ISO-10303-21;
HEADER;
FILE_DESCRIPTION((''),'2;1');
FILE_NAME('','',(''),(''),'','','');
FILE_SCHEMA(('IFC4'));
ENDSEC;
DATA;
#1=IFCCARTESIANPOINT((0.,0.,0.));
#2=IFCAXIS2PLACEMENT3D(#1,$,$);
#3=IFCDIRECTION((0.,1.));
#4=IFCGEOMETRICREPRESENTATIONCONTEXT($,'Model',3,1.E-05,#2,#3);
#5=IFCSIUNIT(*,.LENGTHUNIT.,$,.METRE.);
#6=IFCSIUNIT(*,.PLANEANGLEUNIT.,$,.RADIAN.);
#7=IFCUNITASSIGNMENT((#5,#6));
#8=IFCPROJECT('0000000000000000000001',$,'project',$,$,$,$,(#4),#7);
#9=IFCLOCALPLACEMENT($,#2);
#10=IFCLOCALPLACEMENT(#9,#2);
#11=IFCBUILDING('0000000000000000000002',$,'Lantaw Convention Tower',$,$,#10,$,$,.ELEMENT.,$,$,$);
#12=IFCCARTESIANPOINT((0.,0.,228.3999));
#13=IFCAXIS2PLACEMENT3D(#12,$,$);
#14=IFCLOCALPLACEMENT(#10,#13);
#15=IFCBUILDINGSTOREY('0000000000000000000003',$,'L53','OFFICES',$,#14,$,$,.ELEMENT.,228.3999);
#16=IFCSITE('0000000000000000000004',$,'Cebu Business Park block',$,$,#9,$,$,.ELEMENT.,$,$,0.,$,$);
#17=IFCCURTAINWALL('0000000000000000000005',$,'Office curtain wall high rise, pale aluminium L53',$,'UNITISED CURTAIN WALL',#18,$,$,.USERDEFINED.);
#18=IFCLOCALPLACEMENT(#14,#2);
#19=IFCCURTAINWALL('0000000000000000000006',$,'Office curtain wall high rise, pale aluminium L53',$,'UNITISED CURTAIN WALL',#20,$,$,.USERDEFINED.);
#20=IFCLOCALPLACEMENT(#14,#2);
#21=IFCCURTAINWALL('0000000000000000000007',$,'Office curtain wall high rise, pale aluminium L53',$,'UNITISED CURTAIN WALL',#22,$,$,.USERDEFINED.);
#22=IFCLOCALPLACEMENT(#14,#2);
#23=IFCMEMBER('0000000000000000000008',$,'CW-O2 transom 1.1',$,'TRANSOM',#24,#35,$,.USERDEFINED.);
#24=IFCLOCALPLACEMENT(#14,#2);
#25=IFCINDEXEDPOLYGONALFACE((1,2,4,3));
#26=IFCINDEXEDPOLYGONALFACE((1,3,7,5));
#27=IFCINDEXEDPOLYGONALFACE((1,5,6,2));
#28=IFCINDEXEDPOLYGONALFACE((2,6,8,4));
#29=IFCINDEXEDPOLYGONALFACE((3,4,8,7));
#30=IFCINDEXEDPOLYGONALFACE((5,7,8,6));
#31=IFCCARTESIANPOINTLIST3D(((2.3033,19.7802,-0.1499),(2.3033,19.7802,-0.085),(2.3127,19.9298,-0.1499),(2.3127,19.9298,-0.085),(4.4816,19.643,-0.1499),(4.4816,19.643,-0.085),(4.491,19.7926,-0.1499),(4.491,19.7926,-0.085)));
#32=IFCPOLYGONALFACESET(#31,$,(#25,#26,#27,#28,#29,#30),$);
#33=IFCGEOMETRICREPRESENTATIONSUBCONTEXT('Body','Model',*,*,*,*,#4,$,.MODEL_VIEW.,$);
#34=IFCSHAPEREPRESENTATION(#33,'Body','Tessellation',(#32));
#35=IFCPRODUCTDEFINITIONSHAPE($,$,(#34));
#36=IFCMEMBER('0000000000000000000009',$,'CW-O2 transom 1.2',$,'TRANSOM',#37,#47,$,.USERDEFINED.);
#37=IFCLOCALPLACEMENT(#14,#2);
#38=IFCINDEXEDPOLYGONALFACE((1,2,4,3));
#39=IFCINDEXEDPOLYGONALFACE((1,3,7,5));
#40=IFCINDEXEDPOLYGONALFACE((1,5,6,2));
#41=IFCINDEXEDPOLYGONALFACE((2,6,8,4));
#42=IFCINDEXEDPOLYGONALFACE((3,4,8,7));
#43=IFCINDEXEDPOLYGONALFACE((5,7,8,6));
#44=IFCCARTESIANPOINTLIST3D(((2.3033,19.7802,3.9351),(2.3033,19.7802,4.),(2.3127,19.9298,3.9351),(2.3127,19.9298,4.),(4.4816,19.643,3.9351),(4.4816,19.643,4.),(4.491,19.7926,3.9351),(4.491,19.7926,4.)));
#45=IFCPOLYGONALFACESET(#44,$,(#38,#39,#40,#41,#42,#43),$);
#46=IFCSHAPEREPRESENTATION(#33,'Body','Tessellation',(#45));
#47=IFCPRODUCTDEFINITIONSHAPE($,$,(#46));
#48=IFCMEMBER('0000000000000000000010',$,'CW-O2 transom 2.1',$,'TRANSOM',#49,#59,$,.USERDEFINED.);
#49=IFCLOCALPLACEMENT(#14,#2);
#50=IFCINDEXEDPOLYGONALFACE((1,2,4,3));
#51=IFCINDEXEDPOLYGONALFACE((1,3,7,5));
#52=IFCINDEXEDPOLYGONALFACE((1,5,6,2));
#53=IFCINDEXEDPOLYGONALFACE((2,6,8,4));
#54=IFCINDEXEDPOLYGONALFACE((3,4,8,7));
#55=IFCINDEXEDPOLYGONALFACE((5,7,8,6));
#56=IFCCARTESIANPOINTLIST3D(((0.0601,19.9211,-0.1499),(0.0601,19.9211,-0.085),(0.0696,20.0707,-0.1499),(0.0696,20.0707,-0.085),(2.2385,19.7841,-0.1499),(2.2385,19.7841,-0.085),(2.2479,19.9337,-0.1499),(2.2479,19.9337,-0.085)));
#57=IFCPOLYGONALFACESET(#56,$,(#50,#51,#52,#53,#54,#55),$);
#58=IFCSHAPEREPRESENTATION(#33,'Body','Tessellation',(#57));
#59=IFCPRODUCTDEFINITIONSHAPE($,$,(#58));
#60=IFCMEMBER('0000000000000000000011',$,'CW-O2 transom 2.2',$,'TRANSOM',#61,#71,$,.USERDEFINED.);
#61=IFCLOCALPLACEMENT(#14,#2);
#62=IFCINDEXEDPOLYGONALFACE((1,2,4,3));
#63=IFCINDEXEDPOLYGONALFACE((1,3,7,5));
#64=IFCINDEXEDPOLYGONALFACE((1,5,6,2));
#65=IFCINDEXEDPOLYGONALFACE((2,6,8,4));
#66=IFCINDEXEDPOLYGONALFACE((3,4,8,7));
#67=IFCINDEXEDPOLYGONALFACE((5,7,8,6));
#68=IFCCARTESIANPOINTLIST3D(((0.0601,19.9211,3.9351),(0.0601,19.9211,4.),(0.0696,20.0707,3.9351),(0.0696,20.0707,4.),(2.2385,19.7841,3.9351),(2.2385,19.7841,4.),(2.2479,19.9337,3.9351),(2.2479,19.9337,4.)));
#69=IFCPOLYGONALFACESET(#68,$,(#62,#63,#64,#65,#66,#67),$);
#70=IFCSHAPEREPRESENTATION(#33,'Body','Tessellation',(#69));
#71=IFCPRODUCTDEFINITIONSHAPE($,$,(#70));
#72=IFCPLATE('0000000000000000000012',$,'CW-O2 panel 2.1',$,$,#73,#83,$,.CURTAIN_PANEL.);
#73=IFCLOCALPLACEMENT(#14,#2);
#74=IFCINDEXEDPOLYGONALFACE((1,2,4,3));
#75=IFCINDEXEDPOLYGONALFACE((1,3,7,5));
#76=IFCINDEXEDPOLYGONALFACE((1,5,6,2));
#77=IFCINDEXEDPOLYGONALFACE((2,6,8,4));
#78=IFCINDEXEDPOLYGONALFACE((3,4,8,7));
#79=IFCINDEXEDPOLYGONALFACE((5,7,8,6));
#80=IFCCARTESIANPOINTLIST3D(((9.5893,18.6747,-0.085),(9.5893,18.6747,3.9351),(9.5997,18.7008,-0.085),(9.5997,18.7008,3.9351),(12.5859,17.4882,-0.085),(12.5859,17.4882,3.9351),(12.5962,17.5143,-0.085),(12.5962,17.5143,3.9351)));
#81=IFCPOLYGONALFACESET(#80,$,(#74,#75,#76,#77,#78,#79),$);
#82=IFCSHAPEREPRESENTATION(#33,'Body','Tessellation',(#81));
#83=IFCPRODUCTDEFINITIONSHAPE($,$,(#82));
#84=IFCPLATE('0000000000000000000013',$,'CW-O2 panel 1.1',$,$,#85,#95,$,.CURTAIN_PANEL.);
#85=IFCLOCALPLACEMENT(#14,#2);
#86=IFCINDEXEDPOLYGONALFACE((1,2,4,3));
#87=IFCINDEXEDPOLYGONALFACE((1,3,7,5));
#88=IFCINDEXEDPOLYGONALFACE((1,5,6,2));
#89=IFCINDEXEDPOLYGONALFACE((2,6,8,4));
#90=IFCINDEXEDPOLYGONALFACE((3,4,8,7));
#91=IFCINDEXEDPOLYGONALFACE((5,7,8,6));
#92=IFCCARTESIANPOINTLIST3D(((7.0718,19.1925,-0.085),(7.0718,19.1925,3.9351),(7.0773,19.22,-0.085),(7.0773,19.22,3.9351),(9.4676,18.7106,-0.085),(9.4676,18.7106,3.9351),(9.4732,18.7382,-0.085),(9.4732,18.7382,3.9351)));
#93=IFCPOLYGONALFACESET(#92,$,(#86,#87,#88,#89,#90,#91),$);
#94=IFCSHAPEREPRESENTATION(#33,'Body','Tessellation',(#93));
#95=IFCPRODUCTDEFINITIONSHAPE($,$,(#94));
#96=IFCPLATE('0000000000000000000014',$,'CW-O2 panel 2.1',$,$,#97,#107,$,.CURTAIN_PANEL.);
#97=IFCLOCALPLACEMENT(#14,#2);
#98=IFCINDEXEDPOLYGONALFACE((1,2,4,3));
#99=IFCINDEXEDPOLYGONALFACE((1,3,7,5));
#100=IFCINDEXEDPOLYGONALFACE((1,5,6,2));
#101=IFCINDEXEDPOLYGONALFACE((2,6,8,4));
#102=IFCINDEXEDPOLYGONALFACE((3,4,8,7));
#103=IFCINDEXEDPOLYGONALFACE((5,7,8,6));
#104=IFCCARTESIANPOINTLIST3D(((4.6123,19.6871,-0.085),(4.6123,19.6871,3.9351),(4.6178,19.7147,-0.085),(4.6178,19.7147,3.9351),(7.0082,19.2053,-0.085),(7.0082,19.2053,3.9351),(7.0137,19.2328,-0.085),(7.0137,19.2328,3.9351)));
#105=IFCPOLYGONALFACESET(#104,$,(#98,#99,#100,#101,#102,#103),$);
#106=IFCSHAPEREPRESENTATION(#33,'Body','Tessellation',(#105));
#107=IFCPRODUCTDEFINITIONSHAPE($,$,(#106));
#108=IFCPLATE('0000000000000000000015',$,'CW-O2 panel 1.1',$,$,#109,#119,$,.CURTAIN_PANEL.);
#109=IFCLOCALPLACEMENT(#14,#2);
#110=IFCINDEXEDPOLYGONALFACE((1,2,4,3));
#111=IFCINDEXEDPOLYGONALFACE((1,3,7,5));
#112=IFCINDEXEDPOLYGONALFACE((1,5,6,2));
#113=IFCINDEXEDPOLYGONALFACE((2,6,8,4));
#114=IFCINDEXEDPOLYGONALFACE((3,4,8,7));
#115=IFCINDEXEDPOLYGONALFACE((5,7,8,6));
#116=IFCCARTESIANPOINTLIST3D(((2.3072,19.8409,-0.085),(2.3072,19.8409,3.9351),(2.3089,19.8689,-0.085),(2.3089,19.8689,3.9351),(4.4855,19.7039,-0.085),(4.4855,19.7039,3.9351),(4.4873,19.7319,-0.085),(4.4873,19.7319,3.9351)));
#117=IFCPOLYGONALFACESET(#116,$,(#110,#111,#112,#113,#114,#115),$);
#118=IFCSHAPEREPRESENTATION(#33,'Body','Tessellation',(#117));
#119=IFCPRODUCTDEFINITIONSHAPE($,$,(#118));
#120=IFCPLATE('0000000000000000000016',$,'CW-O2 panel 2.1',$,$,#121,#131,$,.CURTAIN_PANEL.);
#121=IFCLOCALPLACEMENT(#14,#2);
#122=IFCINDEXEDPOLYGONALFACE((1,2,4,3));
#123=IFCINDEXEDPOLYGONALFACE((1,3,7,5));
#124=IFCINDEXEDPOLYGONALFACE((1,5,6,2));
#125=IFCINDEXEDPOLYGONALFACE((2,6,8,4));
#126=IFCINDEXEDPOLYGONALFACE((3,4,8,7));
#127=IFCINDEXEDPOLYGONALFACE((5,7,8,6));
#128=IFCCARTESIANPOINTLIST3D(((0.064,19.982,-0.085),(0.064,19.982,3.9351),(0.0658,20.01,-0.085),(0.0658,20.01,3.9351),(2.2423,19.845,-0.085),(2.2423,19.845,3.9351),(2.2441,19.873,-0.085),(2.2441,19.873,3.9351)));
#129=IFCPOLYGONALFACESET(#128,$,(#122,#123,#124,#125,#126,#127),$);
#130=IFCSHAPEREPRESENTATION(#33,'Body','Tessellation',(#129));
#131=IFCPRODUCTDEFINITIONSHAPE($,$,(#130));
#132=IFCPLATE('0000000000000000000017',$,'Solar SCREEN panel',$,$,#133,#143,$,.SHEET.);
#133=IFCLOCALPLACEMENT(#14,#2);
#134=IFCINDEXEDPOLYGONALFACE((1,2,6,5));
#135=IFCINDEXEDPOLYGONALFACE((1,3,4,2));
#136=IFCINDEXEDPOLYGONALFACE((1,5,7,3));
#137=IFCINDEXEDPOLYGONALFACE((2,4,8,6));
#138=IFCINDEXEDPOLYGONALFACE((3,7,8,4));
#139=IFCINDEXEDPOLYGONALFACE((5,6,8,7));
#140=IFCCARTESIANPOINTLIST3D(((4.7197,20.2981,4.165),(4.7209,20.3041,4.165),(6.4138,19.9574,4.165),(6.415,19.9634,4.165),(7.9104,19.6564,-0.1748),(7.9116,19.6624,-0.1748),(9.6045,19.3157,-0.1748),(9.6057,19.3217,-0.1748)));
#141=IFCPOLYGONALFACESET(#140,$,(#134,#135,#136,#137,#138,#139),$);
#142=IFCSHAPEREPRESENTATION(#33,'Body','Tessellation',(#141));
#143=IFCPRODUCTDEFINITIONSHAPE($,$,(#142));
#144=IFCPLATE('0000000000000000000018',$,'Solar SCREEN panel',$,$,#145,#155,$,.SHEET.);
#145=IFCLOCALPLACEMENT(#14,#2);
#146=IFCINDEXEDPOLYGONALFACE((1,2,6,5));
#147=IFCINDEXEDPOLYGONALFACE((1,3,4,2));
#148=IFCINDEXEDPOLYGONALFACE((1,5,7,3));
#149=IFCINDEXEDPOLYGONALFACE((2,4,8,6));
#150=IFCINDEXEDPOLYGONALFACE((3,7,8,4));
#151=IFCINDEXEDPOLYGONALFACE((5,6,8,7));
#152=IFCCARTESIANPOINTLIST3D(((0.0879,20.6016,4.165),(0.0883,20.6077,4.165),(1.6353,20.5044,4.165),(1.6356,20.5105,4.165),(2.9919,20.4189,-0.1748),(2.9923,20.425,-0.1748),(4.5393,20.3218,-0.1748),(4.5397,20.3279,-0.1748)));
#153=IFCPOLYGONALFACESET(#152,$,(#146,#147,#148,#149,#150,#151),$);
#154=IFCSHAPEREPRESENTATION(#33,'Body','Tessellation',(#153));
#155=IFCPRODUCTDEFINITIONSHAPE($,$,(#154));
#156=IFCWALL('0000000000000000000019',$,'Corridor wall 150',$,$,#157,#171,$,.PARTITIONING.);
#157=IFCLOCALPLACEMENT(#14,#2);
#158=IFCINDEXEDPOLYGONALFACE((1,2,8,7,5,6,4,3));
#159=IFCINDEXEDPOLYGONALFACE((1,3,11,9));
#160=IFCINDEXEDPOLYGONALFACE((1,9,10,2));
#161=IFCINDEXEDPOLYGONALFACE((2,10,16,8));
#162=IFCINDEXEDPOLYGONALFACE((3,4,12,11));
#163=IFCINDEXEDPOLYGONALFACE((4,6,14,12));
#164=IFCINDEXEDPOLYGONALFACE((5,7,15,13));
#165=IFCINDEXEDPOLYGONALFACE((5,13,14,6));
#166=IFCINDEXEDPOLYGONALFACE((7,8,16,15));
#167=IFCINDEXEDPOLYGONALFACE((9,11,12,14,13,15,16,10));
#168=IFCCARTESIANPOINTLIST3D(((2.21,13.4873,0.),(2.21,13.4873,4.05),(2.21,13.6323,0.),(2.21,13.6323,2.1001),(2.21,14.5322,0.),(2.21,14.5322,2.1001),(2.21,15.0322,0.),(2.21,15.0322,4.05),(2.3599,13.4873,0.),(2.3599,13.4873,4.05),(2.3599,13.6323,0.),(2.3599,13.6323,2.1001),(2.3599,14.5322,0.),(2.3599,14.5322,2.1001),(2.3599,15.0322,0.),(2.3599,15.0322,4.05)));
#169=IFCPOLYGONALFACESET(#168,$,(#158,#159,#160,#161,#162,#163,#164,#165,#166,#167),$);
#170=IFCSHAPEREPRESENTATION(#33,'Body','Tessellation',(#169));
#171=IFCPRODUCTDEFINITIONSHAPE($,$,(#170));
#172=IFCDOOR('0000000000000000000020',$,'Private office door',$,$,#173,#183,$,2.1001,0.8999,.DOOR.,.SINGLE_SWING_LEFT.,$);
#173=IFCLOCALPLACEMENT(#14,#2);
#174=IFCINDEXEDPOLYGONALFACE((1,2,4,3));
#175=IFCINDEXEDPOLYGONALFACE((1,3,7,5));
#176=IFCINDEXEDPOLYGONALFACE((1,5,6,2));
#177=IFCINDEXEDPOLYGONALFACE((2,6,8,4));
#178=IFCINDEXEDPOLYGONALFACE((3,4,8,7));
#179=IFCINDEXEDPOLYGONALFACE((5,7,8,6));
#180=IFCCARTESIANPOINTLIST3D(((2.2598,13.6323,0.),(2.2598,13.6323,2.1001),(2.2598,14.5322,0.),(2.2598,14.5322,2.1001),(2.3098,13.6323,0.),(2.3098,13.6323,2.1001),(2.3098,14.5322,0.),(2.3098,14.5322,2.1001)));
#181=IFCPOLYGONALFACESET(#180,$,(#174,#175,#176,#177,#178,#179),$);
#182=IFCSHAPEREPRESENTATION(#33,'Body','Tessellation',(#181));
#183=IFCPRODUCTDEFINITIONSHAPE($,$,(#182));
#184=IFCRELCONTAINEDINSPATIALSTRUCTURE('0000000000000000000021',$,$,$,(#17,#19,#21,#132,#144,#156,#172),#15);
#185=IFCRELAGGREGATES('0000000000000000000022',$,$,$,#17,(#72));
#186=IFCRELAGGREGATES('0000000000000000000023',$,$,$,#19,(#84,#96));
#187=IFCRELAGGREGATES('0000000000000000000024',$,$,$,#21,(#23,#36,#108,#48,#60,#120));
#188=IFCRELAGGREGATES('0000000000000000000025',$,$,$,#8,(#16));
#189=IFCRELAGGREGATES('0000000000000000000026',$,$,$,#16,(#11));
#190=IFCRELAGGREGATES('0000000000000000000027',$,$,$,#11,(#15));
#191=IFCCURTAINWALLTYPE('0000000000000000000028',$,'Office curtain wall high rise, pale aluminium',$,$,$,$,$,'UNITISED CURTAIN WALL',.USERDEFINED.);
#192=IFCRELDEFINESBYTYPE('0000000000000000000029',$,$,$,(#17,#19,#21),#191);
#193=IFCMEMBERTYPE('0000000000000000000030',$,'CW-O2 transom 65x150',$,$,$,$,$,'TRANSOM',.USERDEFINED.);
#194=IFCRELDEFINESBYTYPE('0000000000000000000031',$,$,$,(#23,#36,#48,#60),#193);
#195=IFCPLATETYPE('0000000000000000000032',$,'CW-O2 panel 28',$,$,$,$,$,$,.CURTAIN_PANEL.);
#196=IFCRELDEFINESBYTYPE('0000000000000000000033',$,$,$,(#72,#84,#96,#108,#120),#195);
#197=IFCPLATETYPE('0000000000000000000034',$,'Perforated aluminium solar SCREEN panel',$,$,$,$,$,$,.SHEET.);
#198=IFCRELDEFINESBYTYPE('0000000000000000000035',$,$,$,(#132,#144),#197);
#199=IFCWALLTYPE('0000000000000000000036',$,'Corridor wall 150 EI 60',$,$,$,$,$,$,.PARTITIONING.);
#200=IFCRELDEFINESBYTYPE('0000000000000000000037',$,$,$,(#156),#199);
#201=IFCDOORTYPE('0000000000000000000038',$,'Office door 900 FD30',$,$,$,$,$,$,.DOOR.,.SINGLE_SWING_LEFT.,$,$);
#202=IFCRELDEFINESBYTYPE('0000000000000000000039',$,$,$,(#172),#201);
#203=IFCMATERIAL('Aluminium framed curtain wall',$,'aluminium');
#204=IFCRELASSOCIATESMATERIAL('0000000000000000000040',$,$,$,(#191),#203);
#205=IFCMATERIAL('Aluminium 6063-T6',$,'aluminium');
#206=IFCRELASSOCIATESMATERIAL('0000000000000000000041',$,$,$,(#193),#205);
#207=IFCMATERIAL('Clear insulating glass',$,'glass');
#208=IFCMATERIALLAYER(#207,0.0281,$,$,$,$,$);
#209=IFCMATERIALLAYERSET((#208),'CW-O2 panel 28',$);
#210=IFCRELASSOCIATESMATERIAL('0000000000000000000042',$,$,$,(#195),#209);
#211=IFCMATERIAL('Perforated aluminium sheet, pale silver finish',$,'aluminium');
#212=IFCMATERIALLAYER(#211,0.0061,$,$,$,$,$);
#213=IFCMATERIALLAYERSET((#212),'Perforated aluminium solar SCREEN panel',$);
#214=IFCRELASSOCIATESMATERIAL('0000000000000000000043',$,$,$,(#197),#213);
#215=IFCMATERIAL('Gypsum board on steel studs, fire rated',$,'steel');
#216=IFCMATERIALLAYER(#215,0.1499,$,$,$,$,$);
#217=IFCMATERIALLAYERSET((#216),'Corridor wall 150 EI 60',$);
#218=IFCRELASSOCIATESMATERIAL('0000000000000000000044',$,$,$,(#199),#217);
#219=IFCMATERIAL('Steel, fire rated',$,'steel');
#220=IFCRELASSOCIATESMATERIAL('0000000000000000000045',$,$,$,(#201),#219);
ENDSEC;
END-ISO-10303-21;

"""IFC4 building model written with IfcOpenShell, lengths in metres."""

from ifc_helpers import new_model, si_unit, direction, frame, frame_2d, origin, origin_2d, place, context, subcontext, project, spatial, polyline, rectangle, outline, extrude, material, layer, layer_set, material_profile, profile_set, type_object, element, fill, aggregate, save


model = new_model("IFC4")

# Units and contexts
model_context = context("Model", 3, precision=1e-05, world=origin(), true_north=direction((0.0, 1.0)))
body_context = subcontext(model_context, "Body", "Model", "MODEL_VIEW")
ifc_project = project(units=[si_unit("LENGTHUNIT", "METRE"), si_unit("PLANEANGLEUNIT", "RADIAN")], contexts=[model_context])

# Site, building, storey
site_placement = place(None, origin())
site = spatial("IfcSite", under=ifc_project, at=site_placement, Name="Cebu Business Park block", CompositionType="ELEMENT", RefElevation=0.0)
building_placement = place(site_placement, origin())
building = spatial("IfcBuilding", under=site, at=building_placement, Name="Lantaw Convention Tower", CompositionType="ELEMENT")
storey_placement = place(building_placement, frame((0.0, 0.0, 228.3999)))
storey = spatial("IfcBuildingStorey", under=building, at=storey_placement, Name="L53", Description="OFFICES", CompositionType="ELEMENT", Elevation=228.3999)

# Curtain walls
ifc_material_1 = material(Name="Aluminium framed curtain wall", Category="aluminium")
curtain_wall_type = type_object("IfcCurtainWallType", Name="Office curtain wall high rise, pale aluminium", ElementType="UNITISED CURTAIN WALL", PredefinedType="USERDEFINED", material=ifc_material_1)
curtain_wall_1_placement = place(storey_placement, origin())
curtain_wall_1 = element("IfcCurtainWall", 1, at=curtain_wall_1_placement, inside=storey, type_object=curtain_wall_type, Name="Office curtain wall high rise, pale aluminium L53", ObjectType="UNITISED CURTAIN WALL", PredefinedType="USERDEFINED")
ifc_material_2 = material(Name="Aluminium 6063-T6", Category="aluminium")
curtain_wall_2_placement = place(storey_placement, origin())
curtain_wall_2 = element("IfcCurtainWall", 2, at=curtain_wall_2_placement, inside=storey, type_object=curtain_wall_type, Name="Office curtain wall high rise, pale aluminium L53", ObjectType="UNITISED CURTAIN WALL", PredefinedType="USERDEFINED")
curtain_wall_3_placement = place(storey_placement, origin())
curtain_wall_3 = element("IfcCurtainWall", 3, at=curtain_wall_3_placement, inside=storey, type_object=curtain_wall_type, Name="Office curtain wall high rise, pale aluminium L53", ObjectType="UNITISED CURTAIN WALL", PredefinedType="USERDEFINED")

# Members
ifc_material_profile_1 = material_profile(ifc_material_2, rectangle(XDim=0.1499, YDim=0.0649, at=origin_2d()), Name="CW-O2 transom 65x150")
ifc_profile_set_1 = profile_set([ifc_material_profile_1], Name="Aluminium 6063-T6")
member_type_1 = type_object("IfcMemberType", Name="CW-O2 transom 65x150", ElementType="TRANSOM", PredefinedType="USERDEFINED", material=ifc_profile_set_1)
member_1_placement = place(storey_placement, frame((4.4863, 19.7178, -0.1174), z_axis=(-0.998022, 0.062866, 0.0), x_axis=(-0.062866, -0.998022, 0.0)))
member_1 = element("IfcMember", 4, at=member_1_placement, type_object=member_type_1, Name="CW-O2 transom 1.1", ObjectType="TRANSOM", PredefinedType="USERDEFINED", context=body_context, shape_type="SweptSolid", body=[
    extrude(rectangle(XDim=0.1499, YDim=0.0649, at=origin_2d()), origin(), (0.0, 0.0, 1.0), 2.1826),
])
member_2_placement = place(storey_placement, frame((4.4863, 19.7178, 3.9675), z_axis=(-0.998022, 0.062866, 0.0), x_axis=(-0.062866, -0.998022, 0.0)))
member_2 = element("IfcMember", 5, at=member_2_placement, type_object=member_type_1, Name="CW-O2 transom 1.2", ObjectType="TRANSOM", PredefinedType="USERDEFINED", context=body_context, shape_type="SweptSolid", body=[
    extrude(rectangle(XDim=0.1499, YDim=0.0649, at=origin_2d()), origin(), (0.0, 0.0, 1.0), 2.1826),
])
member_3_placement = place(storey_placement, frame((2.2432, 19.8589, -0.1174), z_axis=(-0.998029, 0.062754, 0.0), x_axis=(-0.062754, -0.998029, 0.0)))
member_3 = element("IfcMember", 6, at=member_3_placement, type_object=member_type_1, Name="CW-O2 transom 2.1", ObjectType="TRANSOM", PredefinedType="USERDEFINED", context=body_context, shape_type="SweptSolid", body=[
    extrude(rectangle(XDim=0.1499, YDim=0.0649, at=origin_2d()), origin(), (0.0, 0.0, 1.0), 2.1826),
])
member_4_placement = place(storey_placement, frame((2.2432, 19.8589, 3.9675), z_axis=(-0.998029, 0.062754, 0.0), x_axis=(-0.062754, -0.998029, 0.0)))
member_4 = element("IfcMember", 7, at=member_4_placement, type_object=member_type_1, Name="CW-O2 transom 2.2", ObjectType="TRANSOM", PredefinedType="USERDEFINED", context=body_context, shape_type="SweptSolid", body=[
    extrude(rectangle(XDim=0.1499, YDim=0.0649, at=origin_2d()), origin(), (0.0, 0.0, 1.0), 2.1826),
])

# Plates
ifc_material_3 = material(Name="Clear insulating glass", Category="glass")
ifc_layer_1 = layer(ifc_material_3, 0.0281)
ifc_layer_set_1 = layer_set([ifc_layer_1], Name="CW-O2 panel 28")
plate_type_1 = type_object("IfcPlateType", Name="CW-O2 panel 28", PredefinedType="CURTAIN_PANEL", material=ifc_layer_set_1)
plate_1_placement = place(storey_placement, frame((11.0928, 18.0945, -0.085), z_axis=(0.0, 0.0, 1.0), x_axis=(-0.929762, 0.368162, 0.0)))
plate_1 = element("IfcPlate", 8, at=plate_1_placement, type_object=plate_type_1, Name="CW-O2 panel 2.1", PredefinedType="CURTAIN_PANEL", context=body_context, shape_type="SweptSolid", body=[
    extrude(rectangle(XDim=3.2229, YDim=0.0281, at=origin_2d()), origin(), (0.0, 0.0, 1.0), 4.02),
])
aggregate(curtain_wall_1, [plate_1])
plate_2_placement = place(storey_placement, frame((8.2725, 18.9653, -0.085), z_axis=(0.0, 0.0, 1.0), x_axis=(-0.980367, 0.197183, 0.0)))
plate_2 = element("IfcPlate", 9, at=plate_2_placement, type_object=plate_type_1, Name="CW-O2 panel 1.1", PredefinedType="CURTAIN_PANEL", context=body_context, shape_type="SweptSolid", body=[
    extrude(rectangle(XDim=2.4438, YDim=0.0281, at=origin_2d()), origin(), (0.0, 0.0, 1.0), 4.02),
])
plate_3_placement = place(storey_placement, frame((5.813, 19.46, -0.085), z_axis=(0.0, 0.0, 1.0), x_axis=(-0.980367, 0.197183, 0.0)))
plate_3 = element("IfcPlate", 10, at=plate_3_placement, type_object=plate_type_1, Name="CW-O2 panel 2.1", PredefinedType="CURTAIN_PANEL", context=body_context, shape_type="SweptSolid", body=[
    extrude(rectangle(XDim=2.4438, YDim=0.0281, at=origin_2d()), origin(), (0.0, 0.0, 1.0), 4.02),
])
aggregate(curtain_wall_2, [plate_2, plate_3])
plate_4_placement = place(storey_placement, frame((3.3972, 19.7864, -0.085), z_axis=(0.0, 0.0, 1.0), x_axis=(-0.998029, 0.062758, 0.0)))
plate_4 = element("IfcPlate", 11, at=plate_4_placement, type_object=plate_type_1, Name="CW-O2 panel 1.1", PredefinedType="CURTAIN_PANEL", context=body_context, shape_type="SweptSolid", body=[
    extrude(rectangle(XDim=2.1826, YDim=0.0281, at=origin_2d()), origin(), (0.0, 0.0, 1.0), 4.02),
])
plate_5_placement = place(storey_placement, frame((1.1541, 19.9275, -0.085), z_axis=(0.0, 0.0, 1.0), x_axis=(-0.998029, 0.062758, 0.0)))
plate_5 = element("IfcPlate", 12, at=plate_5_placement, type_object=plate_type_1, Name="CW-O2 panel 2.1", PredefinedType="CURTAIN_PANEL", context=body_context, shape_type="SweptSolid", body=[
    extrude(rectangle(XDim=2.1826, YDim=0.0281, at=origin_2d()), origin(), (0.0, 0.0, 1.0), 4.02),
])
aggregate(curtain_wall_3, [member_1, member_2, plate_4, member_3, member_4, plate_5])

# Plates
ifc_material_4 = material(Name="Perforated aluminium sheet, pale silver finish", Category="aluminium")
ifc_layer_2 = layer(ifc_material_4, 0.0061)
ifc_layer_set_2 = layer_set([ifc_layer_2], Name="Perforated aluminium solar SCREEN panel")
plate_type_2 = type_object("IfcPlateType", Name="Perforated aluminium solar SCREEN panel", PredefinedType="SHEET", material=ifc_layer_set_2)
plate_6_placement = place(storey_placement, frame((9.6045, 19.3157, -0.1748), z_axis=(-0.197162, -0.980371, 0.000011), x_axis=(-0.980371, 0.197162, 0.0)))
element("IfcPlate", 13, at=plate_6_placement, inside=storey, type_object=plate_type_2, Name="Solar SCREEN panel", PredefinedType="SHEET", context=body_context, shape_type="SweptSolid", body=[
    extrude(outline(polyline([(0.0, 0.0), (1.728, 0.0), (4.9826, -4.3398), (3.2545, -4.3398), (0.0, 0.0)])), origin(), (0.0, 0.0, -1.0), 0.0061),
])
plate_7_placement = place(storey_placement, frame((4.5393, 20.3218, -0.1748), z_axis=(-0.062672, -0.998034, 0.000059), x_axis=(-0.998034, 0.062672, 0.0)))
element("IfcPlate", 14, at=plate_7_placement, inside=storey, type_object=plate_type_2, Name="Solar SCREEN panel", PredefinedType="SHEET", context=body_context, shape_type="SweptSolid", body=[
    extrude(outline(polyline([(0.0, 0.0), (1.5504, 0.0), (4.4602, -4.3398), (2.9098, -4.3398), (0.0, 0.0)])), origin(), (0.0, 0.0, -1.0), 0.0061),
])

# Wall, opening, door
ifc_material_5 = material(Name="Gypsum board on steel studs, fire rated", Category="steel")
ifc_layer_3 = layer(ifc_material_5, 0.1499)
ifc_layer_set_3 = layer_set([ifc_layer_3], Name="Corridor wall 150 EI 60")
wall_type_1 = type_object("IfcWallType", Name="Corridor wall 150 EI 60", PredefinedType="PARTITIONING", material=ifc_layer_set_3)
wall_1_placement = place(storey_placement, frame((2.2849, 15.0322, 0.0), z_axis=(0.0, 0.0, 1.0), x_axis=(0.0, -1.0, 0.0)))
wall_1 = element("IfcWall", 15, at=wall_1_placement, inside=storey, type_object=wall_type_1, Name="Corridor wall 150", PredefinedType="PARTITIONING", context=body_context, shape_type="SweptSolid", body=[
    extrude(rectangle(XDim=1.5449, YDim=0.1499, at=frame_2d((0.7725, 0.0))), origin(), (0.0, 0.0, 1.0), 4.05),
])
opening_placement = place(wall_1_placement, frame((0.5, 0.0, 0.0)))
opening = element("IfcOpeningElement", 16, at=opening_placement, cuts=wall_1, PredefinedType="OPENING", context=body_context, shape_type="SweptSolid", body=[
    extrude(rectangle(XDim=0.8999, YDim=2.1001, at=frame_2d((0.45, 1.05))), frame((0.0, 0.085, 0.0), z_axis=(0.0, -1.0, 0.0), x_axis=(1.0, 0.0, 0.0)), (0.0, 0.0, 1.0), 0.1699),
])
ifc_material_6 = material(Name="Steel, fire rated", Category="steel")
door_type = type_object("IfcDoorType", Name="Office door 900 FD30", OperationType="SINGLE_SWING_LEFT", PredefinedType="DOOR", material=ifc_material_6)
door_placement = place(opening_placement, origin())
door = element("IfcDoor", 17, at=door_placement, inside=storey, type_object=door_type, Name="Private office door", OperationType="SINGLE_SWING_LEFT", OverallHeight=2.1001, OverallWidth=0.8999, PredefinedType="DOOR", context=body_context, shape_type="SweptSolid", body=[
    extrude(rectangle(XDim=0.8999, YDim=2.1001, at=frame_2d((0.45, 1.05))), frame((0.0, 0.0249, 0.0), z_axis=(0.0, -1.0, 0.0), x_axis=(1.0, 0.0, 0.0)), (0.0, 0.0, 1.0), 0.05),
])
fill(opening, door)

save(model, "model.ifc")
